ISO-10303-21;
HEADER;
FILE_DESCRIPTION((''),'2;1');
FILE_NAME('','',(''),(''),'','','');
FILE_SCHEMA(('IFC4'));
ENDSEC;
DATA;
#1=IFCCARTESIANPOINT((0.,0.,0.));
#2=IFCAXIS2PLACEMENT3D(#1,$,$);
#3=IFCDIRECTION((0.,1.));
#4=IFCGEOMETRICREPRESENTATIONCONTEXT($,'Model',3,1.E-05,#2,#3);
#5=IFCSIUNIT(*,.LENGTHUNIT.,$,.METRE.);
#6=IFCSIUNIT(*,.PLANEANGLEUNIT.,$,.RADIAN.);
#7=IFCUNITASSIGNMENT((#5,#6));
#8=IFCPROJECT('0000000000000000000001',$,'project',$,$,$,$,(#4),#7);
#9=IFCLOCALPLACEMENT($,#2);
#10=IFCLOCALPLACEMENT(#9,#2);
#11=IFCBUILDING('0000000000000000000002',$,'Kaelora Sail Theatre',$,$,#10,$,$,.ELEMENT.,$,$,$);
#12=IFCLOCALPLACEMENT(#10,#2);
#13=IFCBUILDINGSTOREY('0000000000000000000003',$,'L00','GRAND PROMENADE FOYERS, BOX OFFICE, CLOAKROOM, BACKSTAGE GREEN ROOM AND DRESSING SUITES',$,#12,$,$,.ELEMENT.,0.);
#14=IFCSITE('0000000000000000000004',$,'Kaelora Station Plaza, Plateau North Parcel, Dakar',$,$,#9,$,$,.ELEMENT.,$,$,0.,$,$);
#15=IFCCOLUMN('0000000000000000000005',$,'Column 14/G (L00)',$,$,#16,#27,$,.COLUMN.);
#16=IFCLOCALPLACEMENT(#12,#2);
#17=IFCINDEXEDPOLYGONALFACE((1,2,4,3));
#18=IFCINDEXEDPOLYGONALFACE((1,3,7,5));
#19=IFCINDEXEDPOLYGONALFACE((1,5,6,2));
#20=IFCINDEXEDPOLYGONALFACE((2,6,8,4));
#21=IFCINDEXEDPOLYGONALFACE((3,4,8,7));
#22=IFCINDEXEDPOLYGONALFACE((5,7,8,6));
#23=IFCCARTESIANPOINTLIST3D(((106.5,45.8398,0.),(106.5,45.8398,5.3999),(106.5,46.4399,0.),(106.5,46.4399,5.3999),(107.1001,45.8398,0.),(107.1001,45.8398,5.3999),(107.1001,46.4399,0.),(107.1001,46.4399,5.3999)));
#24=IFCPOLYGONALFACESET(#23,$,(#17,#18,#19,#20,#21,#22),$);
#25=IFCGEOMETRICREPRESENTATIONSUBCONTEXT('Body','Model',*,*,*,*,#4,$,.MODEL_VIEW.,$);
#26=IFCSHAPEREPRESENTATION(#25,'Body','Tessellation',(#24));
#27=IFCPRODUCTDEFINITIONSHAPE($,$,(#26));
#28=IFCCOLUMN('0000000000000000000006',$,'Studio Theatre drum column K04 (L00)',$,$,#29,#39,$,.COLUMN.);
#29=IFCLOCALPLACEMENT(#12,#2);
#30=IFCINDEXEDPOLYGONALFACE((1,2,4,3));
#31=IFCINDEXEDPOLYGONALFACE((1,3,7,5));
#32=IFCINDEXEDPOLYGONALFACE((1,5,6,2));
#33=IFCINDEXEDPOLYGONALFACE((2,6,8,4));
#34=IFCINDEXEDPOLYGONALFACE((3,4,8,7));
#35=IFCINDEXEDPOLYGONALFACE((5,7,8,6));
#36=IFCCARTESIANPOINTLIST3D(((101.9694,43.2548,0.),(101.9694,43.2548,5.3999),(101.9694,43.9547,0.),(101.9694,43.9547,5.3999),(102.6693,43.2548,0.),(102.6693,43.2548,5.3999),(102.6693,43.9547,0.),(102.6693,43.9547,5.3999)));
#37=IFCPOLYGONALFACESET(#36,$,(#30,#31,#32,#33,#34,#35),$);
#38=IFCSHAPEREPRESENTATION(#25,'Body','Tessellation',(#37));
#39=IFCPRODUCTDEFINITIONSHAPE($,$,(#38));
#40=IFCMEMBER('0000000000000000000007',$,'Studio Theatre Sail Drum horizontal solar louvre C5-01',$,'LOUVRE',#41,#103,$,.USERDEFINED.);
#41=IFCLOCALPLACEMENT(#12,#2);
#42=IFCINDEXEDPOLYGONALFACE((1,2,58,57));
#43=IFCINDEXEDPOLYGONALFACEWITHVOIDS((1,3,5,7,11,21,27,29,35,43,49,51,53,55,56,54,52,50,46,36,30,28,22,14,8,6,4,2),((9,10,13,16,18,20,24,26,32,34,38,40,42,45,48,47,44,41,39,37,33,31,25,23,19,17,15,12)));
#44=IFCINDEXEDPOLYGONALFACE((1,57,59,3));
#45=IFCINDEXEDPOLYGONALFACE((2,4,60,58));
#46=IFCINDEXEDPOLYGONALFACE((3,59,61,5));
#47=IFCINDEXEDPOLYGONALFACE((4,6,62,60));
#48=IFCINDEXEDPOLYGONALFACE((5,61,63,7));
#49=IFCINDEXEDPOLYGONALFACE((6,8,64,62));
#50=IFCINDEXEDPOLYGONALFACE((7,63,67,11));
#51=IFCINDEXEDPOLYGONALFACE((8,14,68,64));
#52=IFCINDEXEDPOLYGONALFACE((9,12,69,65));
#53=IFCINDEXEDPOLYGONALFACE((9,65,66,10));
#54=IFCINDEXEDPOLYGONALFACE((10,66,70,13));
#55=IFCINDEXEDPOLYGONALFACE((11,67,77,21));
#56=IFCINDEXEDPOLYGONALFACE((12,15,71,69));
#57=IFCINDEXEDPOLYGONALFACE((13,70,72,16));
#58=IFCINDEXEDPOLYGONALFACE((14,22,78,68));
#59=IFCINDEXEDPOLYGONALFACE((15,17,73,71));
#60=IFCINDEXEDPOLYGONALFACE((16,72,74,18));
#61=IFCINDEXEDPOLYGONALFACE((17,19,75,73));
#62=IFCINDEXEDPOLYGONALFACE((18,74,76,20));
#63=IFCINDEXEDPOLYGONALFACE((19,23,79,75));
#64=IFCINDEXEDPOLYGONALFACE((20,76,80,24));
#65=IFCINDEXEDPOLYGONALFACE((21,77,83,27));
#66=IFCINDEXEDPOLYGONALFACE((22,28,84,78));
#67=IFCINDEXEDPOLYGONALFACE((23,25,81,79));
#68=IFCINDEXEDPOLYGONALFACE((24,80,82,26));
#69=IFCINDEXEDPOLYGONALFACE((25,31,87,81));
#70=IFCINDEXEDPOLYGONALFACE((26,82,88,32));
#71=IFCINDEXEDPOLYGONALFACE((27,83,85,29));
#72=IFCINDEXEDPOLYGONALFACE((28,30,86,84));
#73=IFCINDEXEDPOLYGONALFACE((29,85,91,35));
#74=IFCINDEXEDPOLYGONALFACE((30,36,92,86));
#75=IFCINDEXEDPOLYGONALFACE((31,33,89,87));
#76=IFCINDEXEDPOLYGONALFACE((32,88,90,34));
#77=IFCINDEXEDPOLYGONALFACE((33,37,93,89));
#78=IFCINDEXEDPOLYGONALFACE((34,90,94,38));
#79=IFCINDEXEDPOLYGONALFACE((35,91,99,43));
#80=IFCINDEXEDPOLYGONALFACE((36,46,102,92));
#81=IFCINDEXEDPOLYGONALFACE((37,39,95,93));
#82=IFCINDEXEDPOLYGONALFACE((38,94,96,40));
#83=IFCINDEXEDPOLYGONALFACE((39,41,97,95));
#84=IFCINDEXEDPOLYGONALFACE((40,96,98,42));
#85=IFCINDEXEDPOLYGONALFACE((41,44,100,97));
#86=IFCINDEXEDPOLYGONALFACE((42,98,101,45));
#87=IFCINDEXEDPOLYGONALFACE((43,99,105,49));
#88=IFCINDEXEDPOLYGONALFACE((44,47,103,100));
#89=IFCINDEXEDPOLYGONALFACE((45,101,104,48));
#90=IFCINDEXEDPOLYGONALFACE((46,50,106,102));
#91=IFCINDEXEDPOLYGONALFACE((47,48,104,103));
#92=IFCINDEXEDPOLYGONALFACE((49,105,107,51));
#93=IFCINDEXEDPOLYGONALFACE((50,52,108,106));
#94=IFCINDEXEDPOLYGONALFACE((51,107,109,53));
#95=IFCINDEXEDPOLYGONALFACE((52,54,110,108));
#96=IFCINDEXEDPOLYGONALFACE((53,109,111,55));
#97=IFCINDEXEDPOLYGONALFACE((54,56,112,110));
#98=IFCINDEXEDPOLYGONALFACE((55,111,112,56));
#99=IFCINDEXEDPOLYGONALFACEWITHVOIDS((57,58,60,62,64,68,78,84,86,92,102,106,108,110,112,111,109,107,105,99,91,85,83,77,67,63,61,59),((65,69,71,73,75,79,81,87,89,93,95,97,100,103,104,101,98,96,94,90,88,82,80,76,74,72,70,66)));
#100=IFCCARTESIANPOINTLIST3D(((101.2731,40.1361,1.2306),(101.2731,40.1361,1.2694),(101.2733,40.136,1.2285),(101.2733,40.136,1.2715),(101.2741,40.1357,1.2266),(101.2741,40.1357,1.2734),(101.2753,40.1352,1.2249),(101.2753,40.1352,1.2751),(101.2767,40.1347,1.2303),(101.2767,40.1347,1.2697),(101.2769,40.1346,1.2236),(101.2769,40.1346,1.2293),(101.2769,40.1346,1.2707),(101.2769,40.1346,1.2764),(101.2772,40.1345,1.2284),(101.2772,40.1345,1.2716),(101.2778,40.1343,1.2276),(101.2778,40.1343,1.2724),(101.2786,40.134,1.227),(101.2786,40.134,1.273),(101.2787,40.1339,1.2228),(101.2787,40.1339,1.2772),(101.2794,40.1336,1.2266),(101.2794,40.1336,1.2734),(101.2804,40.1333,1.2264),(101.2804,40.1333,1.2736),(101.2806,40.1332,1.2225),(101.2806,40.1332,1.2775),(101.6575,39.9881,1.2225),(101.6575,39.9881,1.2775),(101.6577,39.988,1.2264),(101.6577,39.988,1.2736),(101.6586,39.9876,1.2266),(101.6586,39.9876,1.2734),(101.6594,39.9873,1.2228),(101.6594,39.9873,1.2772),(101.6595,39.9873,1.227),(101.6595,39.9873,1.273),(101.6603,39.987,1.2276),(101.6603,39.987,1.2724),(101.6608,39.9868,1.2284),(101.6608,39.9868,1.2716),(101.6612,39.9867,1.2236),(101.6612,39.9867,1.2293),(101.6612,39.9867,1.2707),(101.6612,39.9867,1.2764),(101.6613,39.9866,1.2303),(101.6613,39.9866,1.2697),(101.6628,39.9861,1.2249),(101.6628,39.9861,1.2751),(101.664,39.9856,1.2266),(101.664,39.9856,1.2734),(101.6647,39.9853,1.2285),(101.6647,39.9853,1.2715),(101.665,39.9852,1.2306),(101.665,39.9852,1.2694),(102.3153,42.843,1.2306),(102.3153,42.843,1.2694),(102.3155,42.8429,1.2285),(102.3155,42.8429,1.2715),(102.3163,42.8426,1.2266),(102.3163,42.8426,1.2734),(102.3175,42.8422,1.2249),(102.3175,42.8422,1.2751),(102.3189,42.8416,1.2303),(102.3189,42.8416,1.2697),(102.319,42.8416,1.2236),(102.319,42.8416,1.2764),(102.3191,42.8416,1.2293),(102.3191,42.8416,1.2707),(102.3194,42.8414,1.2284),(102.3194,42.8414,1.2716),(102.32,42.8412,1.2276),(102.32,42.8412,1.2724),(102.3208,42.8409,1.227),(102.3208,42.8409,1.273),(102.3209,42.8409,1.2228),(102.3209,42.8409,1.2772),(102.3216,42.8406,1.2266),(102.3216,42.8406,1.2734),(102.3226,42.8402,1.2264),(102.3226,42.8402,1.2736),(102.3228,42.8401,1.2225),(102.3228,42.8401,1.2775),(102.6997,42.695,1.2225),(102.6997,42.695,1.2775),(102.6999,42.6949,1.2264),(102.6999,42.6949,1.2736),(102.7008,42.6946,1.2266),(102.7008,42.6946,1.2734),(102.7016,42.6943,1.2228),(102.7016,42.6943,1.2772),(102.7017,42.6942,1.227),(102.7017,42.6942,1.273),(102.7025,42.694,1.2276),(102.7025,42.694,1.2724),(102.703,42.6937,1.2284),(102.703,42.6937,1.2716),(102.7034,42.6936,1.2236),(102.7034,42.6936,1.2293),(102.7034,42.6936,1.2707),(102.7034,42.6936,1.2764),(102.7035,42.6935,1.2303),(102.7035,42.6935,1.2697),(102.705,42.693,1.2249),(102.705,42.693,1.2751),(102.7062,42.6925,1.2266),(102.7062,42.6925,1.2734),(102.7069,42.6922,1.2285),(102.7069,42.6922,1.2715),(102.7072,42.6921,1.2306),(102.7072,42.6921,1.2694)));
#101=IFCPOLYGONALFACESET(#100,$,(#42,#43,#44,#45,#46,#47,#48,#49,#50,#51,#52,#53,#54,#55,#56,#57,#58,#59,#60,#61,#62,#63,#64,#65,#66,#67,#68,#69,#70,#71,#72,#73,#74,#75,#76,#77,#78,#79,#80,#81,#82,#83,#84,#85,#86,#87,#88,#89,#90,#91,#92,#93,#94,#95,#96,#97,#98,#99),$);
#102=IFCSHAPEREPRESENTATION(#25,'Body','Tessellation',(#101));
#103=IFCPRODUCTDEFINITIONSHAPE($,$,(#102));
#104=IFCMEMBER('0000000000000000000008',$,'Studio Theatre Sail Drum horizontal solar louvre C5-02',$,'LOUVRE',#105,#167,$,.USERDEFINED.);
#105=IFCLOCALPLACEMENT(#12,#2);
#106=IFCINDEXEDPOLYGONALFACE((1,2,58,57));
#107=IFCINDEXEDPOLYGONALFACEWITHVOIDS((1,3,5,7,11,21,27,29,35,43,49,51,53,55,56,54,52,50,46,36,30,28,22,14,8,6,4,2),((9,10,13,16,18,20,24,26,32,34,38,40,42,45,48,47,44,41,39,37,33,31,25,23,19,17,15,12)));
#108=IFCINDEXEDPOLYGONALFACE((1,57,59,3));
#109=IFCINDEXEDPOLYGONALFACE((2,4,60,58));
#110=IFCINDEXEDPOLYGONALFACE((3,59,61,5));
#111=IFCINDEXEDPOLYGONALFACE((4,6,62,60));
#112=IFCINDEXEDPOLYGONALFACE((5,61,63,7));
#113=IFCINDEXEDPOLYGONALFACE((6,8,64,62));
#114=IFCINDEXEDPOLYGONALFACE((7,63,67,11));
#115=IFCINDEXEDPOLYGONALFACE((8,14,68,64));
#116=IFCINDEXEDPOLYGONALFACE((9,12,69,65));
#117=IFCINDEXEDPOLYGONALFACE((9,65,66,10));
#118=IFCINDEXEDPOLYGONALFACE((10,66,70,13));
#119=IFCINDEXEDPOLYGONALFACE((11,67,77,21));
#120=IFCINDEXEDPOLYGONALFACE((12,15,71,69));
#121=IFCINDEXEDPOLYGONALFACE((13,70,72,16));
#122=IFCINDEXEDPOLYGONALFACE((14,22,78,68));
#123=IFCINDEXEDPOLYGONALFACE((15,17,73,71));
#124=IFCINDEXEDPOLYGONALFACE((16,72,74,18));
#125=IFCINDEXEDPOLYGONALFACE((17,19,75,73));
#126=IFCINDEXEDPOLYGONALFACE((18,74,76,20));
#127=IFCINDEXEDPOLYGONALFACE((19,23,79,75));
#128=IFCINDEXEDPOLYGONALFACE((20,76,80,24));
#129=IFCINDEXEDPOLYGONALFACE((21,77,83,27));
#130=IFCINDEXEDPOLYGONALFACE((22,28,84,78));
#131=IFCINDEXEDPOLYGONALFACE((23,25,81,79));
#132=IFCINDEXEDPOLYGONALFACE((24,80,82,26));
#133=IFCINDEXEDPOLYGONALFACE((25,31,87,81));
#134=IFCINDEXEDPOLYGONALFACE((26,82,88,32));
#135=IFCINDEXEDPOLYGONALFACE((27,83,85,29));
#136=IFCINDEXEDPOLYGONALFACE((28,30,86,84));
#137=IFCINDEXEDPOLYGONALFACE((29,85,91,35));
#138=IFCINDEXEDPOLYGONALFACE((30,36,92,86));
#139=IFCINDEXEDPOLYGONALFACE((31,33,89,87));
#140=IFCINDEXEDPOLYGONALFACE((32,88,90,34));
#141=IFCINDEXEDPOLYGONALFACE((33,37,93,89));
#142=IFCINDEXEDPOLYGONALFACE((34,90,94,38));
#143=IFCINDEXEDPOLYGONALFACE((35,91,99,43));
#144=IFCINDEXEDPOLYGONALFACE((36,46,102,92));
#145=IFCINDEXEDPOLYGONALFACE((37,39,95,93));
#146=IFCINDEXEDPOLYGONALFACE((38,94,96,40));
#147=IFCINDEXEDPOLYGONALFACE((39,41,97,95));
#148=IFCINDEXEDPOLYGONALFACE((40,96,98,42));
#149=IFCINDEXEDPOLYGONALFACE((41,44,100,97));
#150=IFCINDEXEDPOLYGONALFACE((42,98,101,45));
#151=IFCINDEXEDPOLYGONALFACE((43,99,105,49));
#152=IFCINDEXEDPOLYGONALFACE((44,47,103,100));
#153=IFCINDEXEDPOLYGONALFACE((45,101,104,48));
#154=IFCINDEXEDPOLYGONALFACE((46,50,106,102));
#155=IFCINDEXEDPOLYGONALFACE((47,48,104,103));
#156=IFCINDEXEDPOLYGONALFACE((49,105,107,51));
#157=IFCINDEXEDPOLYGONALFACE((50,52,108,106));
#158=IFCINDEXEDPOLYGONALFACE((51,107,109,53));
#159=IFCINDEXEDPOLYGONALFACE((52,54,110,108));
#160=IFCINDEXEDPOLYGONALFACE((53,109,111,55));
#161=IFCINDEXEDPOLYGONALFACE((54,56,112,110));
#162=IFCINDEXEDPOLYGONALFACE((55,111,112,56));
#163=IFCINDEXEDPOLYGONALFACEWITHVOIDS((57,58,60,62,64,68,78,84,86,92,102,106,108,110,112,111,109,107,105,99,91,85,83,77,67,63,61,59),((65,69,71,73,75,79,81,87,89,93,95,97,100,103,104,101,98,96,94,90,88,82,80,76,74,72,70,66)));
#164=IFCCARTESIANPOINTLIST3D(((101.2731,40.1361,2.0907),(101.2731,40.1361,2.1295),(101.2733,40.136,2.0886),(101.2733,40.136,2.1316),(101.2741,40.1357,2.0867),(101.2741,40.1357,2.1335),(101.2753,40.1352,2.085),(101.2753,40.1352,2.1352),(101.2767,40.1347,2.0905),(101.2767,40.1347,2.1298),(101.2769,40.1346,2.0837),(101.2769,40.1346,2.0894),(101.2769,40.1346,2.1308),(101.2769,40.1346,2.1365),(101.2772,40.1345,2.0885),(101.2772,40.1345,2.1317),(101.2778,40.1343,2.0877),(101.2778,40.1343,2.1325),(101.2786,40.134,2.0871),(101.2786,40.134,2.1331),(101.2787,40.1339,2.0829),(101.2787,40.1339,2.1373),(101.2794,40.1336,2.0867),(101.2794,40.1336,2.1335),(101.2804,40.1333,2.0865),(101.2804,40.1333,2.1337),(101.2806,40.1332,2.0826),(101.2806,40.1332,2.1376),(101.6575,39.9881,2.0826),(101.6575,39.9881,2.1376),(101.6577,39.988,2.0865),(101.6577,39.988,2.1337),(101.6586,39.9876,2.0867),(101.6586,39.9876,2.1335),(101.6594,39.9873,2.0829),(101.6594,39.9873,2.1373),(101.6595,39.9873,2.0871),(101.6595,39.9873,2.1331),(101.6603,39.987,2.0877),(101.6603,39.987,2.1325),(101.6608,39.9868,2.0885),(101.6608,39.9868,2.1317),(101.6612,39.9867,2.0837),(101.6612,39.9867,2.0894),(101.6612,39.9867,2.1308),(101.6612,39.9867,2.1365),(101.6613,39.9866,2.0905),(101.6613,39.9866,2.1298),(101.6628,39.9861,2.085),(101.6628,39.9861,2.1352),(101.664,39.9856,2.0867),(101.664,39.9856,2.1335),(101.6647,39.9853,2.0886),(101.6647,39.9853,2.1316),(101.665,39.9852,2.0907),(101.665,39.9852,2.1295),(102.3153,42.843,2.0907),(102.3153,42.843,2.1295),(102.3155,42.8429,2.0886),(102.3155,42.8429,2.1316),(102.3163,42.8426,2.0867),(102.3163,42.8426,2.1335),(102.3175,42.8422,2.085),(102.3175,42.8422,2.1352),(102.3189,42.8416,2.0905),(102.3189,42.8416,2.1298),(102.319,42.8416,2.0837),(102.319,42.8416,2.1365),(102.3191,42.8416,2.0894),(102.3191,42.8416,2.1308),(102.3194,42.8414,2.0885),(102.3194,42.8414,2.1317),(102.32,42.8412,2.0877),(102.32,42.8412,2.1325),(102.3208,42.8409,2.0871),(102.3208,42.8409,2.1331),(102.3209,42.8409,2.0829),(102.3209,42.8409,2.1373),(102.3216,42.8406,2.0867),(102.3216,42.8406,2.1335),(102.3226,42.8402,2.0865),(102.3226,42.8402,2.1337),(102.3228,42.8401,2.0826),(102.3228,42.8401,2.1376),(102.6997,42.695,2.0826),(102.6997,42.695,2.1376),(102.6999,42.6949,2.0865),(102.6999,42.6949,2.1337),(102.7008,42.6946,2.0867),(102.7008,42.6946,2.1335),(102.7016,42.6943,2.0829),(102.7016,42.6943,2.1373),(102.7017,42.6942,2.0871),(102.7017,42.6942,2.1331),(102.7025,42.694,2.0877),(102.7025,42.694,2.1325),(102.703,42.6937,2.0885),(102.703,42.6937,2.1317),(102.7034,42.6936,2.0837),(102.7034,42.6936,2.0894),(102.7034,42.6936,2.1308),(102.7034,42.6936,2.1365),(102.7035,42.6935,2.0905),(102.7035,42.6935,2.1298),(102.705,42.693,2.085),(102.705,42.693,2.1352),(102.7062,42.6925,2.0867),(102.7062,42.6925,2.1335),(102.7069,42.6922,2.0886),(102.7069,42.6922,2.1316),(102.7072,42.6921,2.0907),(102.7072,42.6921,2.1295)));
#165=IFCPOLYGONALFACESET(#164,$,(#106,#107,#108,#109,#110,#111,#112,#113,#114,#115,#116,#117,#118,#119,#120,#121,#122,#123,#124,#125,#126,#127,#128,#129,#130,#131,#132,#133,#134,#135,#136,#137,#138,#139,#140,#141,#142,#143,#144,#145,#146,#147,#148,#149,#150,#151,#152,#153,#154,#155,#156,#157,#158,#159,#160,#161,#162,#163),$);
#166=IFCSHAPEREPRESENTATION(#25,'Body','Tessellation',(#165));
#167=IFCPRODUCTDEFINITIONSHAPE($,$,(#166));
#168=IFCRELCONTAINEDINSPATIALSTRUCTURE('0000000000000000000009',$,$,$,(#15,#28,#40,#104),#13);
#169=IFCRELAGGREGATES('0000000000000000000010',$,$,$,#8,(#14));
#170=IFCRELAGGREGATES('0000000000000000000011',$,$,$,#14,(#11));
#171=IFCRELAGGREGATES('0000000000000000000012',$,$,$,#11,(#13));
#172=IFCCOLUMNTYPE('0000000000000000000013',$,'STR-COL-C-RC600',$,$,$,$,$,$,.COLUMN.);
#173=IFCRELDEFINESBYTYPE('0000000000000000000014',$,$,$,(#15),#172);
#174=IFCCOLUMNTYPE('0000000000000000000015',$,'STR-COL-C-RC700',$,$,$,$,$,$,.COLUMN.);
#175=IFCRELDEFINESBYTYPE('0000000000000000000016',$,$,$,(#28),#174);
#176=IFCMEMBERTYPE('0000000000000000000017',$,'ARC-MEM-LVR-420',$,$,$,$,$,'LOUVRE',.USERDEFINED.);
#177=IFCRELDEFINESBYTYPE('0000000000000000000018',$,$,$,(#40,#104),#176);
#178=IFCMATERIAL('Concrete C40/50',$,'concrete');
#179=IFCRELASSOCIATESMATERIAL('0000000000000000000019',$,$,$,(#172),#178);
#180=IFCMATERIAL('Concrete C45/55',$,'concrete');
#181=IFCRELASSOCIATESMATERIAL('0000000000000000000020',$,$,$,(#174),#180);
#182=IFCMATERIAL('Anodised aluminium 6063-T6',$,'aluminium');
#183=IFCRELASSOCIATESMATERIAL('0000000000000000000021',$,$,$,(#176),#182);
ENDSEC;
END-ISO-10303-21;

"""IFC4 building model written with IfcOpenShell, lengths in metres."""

from ifc_helpers import new_model, si_unit, direction, frame, origin, origin_2d, place, context, subcontext, project, spatial, rectangle, hollow_rectangle, extrude, material, material_profile, profile_set, type_object, element, save


model = new_model("IFC4")

# Units and contexts
model_context = context("Model", 3, precision=1e-05, world=origin(), true_north=direction((0.0, 1.0)))
body_context = subcontext(model_context, "Body", "Model", "MODEL_VIEW")
ifc_project = project(units=[si_unit("LENGTHUNIT", "METRE"), si_unit("PLANEANGLEUNIT", "RADIAN")], contexts=[model_context])

# Site, building, storey
site_placement = place(None, origin())
site = spatial("IfcSite", under=ifc_project, at=site_placement, Name="Kaelora Station Plaza, Plateau North Parcel, Dakar", CompositionType="ELEMENT", RefElevation=0.0)
building_placement = place(site_placement, origin())
building = spatial("IfcBuilding", under=site, at=building_placement, Name="Kaelora Sail Theatre", CompositionType="ELEMENT")
storey_placement = place(building_placement, origin())
storey = spatial("IfcBuildingStorey", under=building, at=storey_placement, Name="L00", Description="GRAND PROMENADE FOYERS, BOX OFFICE, CLOAKROOM, BACKSTAGE GREEN ROOM AND DRESSING SUITES", CompositionType="ELEMENT", Elevation=0.0)

# Columns
ifc_material_1 = material(Name="Concrete C40/50", Category="concrete")
ifc_material_profile_1 = material_profile(ifc_material_1, rectangle(XDim=0.6001, YDim=0.6001, at=origin_2d()), Name="RC-COL 600x600")
ifc_profile_set_1 = profile_set([ifc_material_profile_1], Name="Concrete C40/50")
column_type_1 = type_object("IfcColumnType", Name="STR-COL-C-RC600", PredefinedType="COLUMN", material=ifc_profile_set_1)
column_1_placement = place(storey_placement, frame((106.8, 46.1399, 0.0), z_axis=(0.0, 0.0, 1.0), x_axis=(1.0, 0.0, 0.0)))
element("IfcColumn", 1, at=column_1_placement, inside=storey, type_object=column_type_1, Name="Column 14/G (L00)", PredefinedType="COLUMN", context=body_context, shape_type="SweptSolid", body=[
    extrude(rectangle(XDim=0.6001, YDim=0.6001, at=origin_2d()), origin(), (0.0, 0.0, 1.0), 5.3999),
])
ifc_material_2 = material(Name="Concrete C45/55", Category="concrete")
ifc_material_profile_2 = material_profile(ifc_material_2, rectangle(XDim=0.7, YDim=0.7, at=origin_2d()), Name="RC-COL 700x700")
ifc_profile_set_2 = profile_set([ifc_material_profile_2], Name="Concrete C45/55")
column_type_2 = type_object("IfcColumnType", Name="STR-COL-C-RC700", PredefinedType="COLUMN", material=ifc_profile_set_2)
column_2_placement = place(storey_placement, frame((102.3193, 43.6047, 0.0), z_axis=(0.0, 0.0, 1.0), x_axis=(1.0, 0.0, 0.0)))
element("IfcColumn", 2, at=column_2_placement, inside=storey, type_object=column_type_2, Name="Studio Theatre drum column K04 (L00)", PredefinedType="COLUMN", context=body_context, shape_type="SweptSolid", body=[
    extrude(rectangle(XDim=0.7, YDim=0.7, at=origin_2d()), origin(), (0.0, 0.0, 1.0), 5.3999),
])

# Members
ifc_material_3 = material(Name="Anodised aluminium 6063-T6", Category="aluminium")
ifc_material_profile_3 = material_profile(ifc_material_3, hollow_rectangle(XDim=0.4199, YDim=0.0549, WallThickness=0.0039, InnerFilletRadius=0.0039, OuterFilletRadius=0.0081, at=origin_2d()), Name="LOUVRE 420x55x4")
ifc_profile_set_3 = profile_set([ifc_material_profile_3], Name="Anodised aluminium 6063-T6")
member_type_1 = type_object("IfcMemberType", Name="ARC-MEM-LVR-420", ElementType="LOUVRE", PredefinedType="USERDEFINED", material=ifc_profile_set_3)
for number, where, z_axis, x_axis, name in (
    (3, (102.5112, 42.7676, 1.25), (-0.359301, -0.933222, 0.0), (0.933222, -0.359301, 0.0), "Studio Theatre Sail Drum horizontal solar louvre C5-01"),
    (4, (102.5112, 42.7676, 2.1101), (-0.359301, -0.933222, 0.0), (0.933222, -0.359301, 0.0), "Studio Theatre Sail Drum horizontal solar louvre C5-02"),
):
    element("IfcMember", number, at=place(storey_placement, frame(where, z_axis=z_axis, x_axis=x_axis)), inside=storey, type_object=member_type_1, Name=name, ObjectType="LOUVRE", PredefinedType="USERDEFINED", context=body_context, shape_type="SweptSolid", body=[
        extrude(hollow_rectangle(XDim=0.4199, YDim=0.0549, WallThickness=0.0039, InnerFilletRadius=0.0039, OuterFilletRadius=0.0081, at=origin_2d()), origin(), (0.0, 0.0, 1.0), 2.9006),
    ])

save(model, "model.ifc")
